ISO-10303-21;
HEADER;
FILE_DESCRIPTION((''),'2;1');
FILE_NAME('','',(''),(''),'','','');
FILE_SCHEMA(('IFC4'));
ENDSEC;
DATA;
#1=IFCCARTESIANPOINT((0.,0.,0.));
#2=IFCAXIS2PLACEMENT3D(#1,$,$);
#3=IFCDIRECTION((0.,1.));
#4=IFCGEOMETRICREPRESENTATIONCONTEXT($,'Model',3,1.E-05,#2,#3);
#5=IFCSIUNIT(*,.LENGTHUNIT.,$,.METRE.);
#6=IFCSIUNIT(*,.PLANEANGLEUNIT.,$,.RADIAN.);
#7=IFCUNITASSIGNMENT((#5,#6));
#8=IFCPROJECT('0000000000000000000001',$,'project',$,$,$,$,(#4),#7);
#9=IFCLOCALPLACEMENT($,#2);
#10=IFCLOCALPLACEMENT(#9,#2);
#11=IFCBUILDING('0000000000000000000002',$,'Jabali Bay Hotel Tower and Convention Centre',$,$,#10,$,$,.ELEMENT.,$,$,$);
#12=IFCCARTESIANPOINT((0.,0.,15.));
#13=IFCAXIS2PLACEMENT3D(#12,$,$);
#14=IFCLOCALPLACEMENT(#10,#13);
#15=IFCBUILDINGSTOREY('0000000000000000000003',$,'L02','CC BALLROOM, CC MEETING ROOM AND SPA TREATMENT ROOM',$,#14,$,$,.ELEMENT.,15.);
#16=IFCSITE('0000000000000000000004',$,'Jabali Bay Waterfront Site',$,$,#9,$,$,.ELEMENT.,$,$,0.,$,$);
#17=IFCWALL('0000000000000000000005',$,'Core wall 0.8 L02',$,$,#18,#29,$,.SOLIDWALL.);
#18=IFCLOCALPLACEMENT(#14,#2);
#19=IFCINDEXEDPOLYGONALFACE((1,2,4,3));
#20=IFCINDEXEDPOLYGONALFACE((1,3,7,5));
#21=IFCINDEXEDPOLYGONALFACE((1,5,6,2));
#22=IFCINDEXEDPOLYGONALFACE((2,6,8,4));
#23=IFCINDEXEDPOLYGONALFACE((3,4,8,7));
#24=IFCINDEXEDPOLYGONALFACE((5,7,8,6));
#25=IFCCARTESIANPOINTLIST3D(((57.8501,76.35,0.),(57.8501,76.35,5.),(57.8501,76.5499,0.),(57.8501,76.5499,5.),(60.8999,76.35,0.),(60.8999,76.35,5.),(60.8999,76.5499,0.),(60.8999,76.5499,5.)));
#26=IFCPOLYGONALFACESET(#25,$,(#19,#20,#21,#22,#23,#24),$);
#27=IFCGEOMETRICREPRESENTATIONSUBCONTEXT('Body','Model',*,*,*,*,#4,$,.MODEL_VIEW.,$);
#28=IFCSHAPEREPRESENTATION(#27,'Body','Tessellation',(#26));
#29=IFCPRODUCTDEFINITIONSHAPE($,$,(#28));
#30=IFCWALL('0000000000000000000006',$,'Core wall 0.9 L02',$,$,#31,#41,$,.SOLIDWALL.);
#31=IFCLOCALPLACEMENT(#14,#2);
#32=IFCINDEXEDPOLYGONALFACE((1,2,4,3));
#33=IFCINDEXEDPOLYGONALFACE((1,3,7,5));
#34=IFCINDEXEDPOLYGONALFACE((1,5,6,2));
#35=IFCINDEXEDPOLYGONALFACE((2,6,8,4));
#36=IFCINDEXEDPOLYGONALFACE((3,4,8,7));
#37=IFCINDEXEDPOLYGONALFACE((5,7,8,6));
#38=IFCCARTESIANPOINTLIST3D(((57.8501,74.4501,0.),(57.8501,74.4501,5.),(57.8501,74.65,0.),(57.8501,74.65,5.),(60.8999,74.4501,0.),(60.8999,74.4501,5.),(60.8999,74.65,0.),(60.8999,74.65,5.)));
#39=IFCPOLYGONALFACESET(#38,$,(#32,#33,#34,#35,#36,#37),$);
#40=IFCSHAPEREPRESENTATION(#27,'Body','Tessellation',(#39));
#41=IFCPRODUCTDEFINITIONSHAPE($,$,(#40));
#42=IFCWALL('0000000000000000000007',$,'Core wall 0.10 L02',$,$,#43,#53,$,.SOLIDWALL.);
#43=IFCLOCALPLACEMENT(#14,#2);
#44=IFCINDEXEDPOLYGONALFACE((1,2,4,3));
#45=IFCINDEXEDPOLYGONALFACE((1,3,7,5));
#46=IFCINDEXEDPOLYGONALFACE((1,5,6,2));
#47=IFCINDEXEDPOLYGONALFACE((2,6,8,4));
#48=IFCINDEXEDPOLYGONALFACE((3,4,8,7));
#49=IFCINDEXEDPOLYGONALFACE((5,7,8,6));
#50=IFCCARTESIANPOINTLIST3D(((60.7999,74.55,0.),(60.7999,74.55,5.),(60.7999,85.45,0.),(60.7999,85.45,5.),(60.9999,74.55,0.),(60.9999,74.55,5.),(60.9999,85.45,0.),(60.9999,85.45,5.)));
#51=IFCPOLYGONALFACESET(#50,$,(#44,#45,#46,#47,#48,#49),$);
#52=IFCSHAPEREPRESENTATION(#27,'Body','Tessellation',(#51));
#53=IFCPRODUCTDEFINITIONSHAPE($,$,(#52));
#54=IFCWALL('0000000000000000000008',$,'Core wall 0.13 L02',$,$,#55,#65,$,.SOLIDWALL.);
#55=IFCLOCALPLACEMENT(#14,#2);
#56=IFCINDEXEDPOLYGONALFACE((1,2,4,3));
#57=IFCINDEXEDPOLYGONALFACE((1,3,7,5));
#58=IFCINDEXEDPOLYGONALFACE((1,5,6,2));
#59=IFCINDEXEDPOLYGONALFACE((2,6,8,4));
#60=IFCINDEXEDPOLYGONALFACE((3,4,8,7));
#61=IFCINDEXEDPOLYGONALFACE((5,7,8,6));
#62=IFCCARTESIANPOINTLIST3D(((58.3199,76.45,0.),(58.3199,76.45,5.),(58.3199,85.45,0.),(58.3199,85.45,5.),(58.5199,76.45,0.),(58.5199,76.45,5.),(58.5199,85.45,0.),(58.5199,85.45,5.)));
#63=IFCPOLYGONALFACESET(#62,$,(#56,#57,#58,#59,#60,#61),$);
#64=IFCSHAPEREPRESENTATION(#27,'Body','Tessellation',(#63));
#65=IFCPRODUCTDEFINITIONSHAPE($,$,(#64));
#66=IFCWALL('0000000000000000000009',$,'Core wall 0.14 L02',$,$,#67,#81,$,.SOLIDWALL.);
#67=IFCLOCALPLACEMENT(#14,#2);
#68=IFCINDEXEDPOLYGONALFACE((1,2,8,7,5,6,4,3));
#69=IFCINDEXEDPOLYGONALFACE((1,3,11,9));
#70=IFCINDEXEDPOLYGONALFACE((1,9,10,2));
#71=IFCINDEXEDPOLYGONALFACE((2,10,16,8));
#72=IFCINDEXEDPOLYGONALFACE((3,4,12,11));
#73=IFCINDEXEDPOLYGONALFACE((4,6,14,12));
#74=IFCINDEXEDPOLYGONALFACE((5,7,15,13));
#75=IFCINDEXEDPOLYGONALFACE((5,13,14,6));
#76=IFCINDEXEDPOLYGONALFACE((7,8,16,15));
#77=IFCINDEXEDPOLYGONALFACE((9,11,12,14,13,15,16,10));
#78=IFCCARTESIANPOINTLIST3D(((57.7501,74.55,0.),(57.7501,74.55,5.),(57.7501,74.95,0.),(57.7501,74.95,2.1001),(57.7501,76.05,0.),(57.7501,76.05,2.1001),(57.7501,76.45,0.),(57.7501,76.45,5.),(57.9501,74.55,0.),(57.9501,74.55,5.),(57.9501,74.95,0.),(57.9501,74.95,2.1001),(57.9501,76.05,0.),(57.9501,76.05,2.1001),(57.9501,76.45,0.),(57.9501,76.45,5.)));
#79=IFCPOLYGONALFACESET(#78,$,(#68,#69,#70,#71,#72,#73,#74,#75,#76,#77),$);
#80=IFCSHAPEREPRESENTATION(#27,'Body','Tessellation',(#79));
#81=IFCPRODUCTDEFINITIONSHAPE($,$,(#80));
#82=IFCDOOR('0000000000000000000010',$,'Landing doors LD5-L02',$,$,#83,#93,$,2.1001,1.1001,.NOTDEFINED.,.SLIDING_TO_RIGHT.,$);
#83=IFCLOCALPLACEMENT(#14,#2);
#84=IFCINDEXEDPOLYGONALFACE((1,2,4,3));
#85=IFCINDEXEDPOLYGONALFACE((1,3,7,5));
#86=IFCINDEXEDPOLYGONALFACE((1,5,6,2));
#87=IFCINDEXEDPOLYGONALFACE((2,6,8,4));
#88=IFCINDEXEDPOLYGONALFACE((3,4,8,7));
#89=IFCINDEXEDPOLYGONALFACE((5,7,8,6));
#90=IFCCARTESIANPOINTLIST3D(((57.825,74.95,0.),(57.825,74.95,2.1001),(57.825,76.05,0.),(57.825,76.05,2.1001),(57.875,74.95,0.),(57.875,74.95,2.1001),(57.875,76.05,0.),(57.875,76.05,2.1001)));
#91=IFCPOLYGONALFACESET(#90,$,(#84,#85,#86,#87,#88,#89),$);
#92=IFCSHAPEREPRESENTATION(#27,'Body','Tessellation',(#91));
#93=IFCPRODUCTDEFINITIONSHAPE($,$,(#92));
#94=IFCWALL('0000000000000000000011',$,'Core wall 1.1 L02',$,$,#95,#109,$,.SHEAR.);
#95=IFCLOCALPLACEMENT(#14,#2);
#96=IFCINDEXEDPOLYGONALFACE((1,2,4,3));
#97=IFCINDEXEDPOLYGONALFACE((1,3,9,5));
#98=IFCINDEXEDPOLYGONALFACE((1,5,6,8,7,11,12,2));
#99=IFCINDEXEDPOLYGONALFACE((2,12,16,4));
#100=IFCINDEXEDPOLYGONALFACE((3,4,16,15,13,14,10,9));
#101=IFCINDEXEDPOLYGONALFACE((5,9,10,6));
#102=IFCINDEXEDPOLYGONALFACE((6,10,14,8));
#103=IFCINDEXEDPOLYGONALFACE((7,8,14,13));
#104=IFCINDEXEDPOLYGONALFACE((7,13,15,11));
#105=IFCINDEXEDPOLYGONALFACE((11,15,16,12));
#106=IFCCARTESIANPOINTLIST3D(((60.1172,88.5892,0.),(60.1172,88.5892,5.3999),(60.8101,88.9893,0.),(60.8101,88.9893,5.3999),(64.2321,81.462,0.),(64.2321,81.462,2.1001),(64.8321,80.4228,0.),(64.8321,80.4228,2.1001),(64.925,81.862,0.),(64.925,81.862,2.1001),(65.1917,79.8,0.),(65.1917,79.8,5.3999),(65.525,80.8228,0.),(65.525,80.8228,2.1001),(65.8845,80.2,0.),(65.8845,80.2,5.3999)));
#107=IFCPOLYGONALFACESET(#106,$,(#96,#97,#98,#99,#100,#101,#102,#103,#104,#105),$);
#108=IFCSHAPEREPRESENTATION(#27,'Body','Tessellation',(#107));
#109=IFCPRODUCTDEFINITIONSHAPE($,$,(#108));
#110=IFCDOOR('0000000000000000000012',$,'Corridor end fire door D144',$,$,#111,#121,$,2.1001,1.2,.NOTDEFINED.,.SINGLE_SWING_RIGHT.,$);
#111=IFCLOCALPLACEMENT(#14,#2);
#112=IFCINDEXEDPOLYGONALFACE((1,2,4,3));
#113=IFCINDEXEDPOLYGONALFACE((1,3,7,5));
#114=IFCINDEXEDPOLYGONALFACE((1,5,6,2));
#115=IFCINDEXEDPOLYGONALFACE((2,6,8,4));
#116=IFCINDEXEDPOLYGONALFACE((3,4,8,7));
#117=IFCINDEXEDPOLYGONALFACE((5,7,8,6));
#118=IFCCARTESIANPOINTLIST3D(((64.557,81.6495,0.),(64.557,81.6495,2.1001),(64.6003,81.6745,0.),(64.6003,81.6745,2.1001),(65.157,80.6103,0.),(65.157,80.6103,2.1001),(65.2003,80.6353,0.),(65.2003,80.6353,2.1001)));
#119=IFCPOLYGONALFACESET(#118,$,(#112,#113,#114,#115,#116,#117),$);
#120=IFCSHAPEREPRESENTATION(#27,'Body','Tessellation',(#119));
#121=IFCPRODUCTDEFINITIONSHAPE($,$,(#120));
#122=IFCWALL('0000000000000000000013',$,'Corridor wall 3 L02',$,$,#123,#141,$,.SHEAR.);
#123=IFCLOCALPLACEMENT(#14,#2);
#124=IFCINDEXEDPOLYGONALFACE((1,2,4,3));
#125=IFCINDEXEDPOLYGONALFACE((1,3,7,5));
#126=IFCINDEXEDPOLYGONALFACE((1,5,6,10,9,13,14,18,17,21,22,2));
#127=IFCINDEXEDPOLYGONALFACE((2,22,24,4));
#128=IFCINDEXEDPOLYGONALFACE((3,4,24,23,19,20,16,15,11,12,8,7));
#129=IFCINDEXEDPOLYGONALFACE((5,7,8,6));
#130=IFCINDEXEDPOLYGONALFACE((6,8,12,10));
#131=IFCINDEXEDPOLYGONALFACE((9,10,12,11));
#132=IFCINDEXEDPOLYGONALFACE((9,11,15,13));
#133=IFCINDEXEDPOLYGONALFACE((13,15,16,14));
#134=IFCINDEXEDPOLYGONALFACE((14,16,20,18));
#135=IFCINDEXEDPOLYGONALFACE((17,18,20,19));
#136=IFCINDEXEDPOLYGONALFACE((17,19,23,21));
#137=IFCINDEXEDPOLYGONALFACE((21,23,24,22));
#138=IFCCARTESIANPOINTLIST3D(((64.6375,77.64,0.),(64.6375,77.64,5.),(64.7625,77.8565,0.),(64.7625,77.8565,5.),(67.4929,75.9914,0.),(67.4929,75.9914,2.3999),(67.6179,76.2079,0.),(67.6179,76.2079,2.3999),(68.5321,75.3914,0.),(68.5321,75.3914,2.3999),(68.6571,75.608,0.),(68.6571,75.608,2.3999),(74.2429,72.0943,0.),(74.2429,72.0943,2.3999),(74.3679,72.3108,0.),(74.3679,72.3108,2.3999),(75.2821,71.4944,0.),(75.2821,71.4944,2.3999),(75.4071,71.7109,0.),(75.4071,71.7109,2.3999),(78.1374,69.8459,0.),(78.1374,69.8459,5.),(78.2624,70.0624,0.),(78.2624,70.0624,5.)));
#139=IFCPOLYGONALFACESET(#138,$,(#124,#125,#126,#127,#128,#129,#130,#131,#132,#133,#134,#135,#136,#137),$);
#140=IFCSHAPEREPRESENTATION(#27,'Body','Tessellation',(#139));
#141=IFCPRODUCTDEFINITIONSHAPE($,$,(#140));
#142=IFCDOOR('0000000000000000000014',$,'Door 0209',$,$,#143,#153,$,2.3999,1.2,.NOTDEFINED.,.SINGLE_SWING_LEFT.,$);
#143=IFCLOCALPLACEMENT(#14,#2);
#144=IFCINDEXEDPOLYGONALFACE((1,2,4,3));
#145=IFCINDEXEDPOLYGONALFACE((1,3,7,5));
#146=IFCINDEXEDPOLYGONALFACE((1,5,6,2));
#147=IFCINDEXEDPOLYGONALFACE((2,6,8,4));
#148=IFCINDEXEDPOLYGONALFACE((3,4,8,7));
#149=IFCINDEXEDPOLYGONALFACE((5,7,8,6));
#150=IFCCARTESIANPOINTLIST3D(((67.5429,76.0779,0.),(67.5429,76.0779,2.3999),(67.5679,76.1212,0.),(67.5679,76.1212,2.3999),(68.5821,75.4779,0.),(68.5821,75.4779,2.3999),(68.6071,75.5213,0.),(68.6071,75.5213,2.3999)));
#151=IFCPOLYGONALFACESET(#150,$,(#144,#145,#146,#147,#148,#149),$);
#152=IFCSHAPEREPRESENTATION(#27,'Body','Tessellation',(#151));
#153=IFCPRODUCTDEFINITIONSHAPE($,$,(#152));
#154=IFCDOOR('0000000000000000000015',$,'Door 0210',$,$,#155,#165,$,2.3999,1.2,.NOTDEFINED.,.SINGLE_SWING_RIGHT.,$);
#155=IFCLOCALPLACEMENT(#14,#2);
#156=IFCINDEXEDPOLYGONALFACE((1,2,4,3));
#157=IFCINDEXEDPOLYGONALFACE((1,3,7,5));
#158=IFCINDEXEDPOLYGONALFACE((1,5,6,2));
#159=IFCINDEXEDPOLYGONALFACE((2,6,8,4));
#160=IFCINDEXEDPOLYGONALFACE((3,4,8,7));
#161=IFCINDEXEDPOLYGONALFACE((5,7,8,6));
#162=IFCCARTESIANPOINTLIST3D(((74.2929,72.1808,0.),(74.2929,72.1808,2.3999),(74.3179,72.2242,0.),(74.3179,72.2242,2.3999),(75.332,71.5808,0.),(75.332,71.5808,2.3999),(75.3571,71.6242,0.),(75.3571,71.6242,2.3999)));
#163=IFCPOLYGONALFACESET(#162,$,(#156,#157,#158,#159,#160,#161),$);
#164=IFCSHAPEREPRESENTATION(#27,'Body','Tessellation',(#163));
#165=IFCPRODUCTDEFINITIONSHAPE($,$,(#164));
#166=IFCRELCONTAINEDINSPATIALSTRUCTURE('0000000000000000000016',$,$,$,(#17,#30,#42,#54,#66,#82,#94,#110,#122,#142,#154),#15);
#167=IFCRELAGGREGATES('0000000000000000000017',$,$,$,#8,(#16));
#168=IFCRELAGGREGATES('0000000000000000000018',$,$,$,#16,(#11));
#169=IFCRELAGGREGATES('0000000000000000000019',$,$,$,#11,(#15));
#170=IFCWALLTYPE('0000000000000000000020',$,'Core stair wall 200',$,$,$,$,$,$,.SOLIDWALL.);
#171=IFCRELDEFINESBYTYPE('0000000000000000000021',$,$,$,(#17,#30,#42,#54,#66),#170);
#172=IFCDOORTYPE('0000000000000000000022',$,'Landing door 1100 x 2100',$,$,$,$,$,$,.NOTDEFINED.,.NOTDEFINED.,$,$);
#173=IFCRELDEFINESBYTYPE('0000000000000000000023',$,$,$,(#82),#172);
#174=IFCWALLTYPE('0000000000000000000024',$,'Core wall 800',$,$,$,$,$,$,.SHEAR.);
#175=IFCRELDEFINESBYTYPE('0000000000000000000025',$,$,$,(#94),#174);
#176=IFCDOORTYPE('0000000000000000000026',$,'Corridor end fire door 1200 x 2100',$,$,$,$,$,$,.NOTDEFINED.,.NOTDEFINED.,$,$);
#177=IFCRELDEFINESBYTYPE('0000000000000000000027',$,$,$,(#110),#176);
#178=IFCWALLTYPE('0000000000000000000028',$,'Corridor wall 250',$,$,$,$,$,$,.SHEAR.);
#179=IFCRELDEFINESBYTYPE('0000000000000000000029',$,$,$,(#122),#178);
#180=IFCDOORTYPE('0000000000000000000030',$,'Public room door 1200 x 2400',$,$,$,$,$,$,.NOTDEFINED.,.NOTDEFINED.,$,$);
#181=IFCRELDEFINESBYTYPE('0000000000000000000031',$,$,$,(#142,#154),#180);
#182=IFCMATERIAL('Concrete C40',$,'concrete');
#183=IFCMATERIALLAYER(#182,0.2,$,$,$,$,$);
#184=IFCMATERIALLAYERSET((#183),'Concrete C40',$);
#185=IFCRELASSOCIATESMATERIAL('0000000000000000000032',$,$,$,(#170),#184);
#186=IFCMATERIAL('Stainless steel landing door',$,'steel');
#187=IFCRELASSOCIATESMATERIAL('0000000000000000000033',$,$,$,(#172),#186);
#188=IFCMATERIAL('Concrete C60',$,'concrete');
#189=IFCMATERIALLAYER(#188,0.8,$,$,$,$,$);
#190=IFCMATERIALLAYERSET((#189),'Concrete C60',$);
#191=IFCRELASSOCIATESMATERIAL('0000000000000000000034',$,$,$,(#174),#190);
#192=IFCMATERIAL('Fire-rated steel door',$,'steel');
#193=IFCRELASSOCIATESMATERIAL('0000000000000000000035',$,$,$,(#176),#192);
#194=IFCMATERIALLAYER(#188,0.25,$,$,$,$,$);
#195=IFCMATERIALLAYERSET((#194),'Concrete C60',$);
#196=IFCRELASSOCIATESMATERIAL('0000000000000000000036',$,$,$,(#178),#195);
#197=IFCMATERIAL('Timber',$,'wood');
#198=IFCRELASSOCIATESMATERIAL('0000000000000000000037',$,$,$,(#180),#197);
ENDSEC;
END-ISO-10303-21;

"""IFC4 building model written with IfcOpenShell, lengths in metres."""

from ifc_helpers import new_model, si_unit, direction, frame, frame_2d, origin, place, context, subcontext, project, spatial, rectangle, extrude, material, layer, layer_set, type_object, element, fill, save


model = new_model("IFC4")

# Units and contexts
model_context = context("Model", 3, precision=1e-05, world=origin(), true_north=direction((0.0, 1.0)))
body_context = subcontext(model_context, "Body", "Model", "MODEL_VIEW")
ifc_project = project(units=[si_unit("LENGTHUNIT", "METRE"), si_unit("PLANEANGLEUNIT", "RADIAN")], contexts=[model_context])

# Site, building, storey
site_placement = place(None, origin())
site = spatial("IfcSite", under=ifc_project, at=site_placement, Name="Jabali Bay Waterfront Site", CompositionType="ELEMENT", RefElevation=0.0)
building_placement = place(site_placement, origin())
building = spatial("IfcBuilding", under=site, at=building_placement, Name="Jabali Bay Hotel Tower and Convention Centre", CompositionType="ELEMENT")
storey_placement = place(building_placement, frame((0.0, 0.0, 15.0)))
storey = spatial("IfcBuildingStorey", under=building, at=storey_placement, Name="L02", Description="CC BALLROOM, CC MEETING ROOM AND SPA TREATMENT ROOM", CompositionType="ELEMENT", Elevation=15.0)

# Shared definitions
ifc_material_1 = material(Name="Fire-rated steel door", Category="steel")

# Shared definitions
ifc_material_2 = material(Name="Concrete C40", Category="concrete")
ifc_layer_1 = layer(ifc_material_2, 0.2)
ifc_layer_set_1 = layer_set([ifc_layer_1], Name="Concrete C40")
wall_type_1 = type_object("IfcWallType", Name="Core stair wall 200", PredefinedType="SOLIDWALL", material=ifc_layer_set_1)

# Walls
for number, where, z_axis, x_axis, name in (
    (1, (60.8999, 76.45, 0.0), (0.0, 0.0, 1.0), (-1.0, 0.0, 0.0), "Core wall 0.8 L02"),
    (2, (60.8999, 74.55, 0.0), (0.0, 0.0, 1.0), (-1.0, 0.0, 0.0), "Core wall 0.9 L02"),
):
    element("IfcWall", number, at=place(storey_placement, frame(where, z_axis=z_axis, x_axis=x_axis)), inside=storey, type_object=wall_type_1, Name=name, PredefinedType="SOLIDWALL", context=body_context, shape_type="SweptSolid", body=[
        extrude(rectangle(XDim=3.0498, YDim=0.2, at=frame_2d((1.5249, 0.0))), origin(), (0.0, 0.0, 1.0), 5.0),
    ])
wall_1_placement = place(storey_placement, frame((60.8999, 85.45, 0.0), z_axis=(0.0, 0.0, 1.0), x_axis=(0.0, -1.0, 0.0)))
element("IfcWall", 3, at=wall_1_placement, inside=storey, type_object=wall_type_1, Name="Core wall 0.10 L02", PredefinedType="SOLIDWALL", context=body_context, shape_type="SweptSolid", body=[
    extrude(rectangle(XDim=10.8999, YDim=0.2, at=frame_2d((5.45, 0.0))), origin(), (0.0, 0.0, 1.0), 5.0),
])
wall_2_placement = place(storey_placement, frame((58.4199, 85.45, 0.0), z_axis=(0.0, 0.0, 1.0), x_axis=(0.0, -1.0, 0.0)))
element("IfcWall", 4, at=wall_2_placement, inside=storey, type_object=wall_type_1, Name="Core wall 0.13 L02", PredefinedType="SOLIDWALL", context=body_context, shape_type="SweptSolid", body=[
    extrude(rectangle(XDim=9.0, YDim=0.2, at=frame_2d((4.5, 0.0))), origin(), (0.0, 0.0, 1.0), 5.0),
])

# Walls, openings, doors
wall_3_placement = place(storey_placement, frame((57.8501, 76.45, 0.0), z_axis=(0.0, 0.0, 1.0), x_axis=(0.0, -1.0, 0.0)))
wall_3 = element("IfcWall", 5, at=wall_3_placement, inside=storey, type_object=wall_type_1, Name="Core wall 0.14 L02", PredefinedType="SOLIDWALL", context=body_context, shape_type="SweptSolid", body=[
    extrude(rectangle(XDim=1.8999, YDim=0.2, at=frame_2d((0.95, 0.0))), origin(), (0.0, 0.0, 1.0), 5.0),
])
opening_1_placement = place(wall_3_placement, frame((0.3999, 0.0, 0.0)))
opening_1 = element("IfcOpeningElement", 6, at=opening_1_placement, cuts=wall_3, PredefinedType="OPENING", context=body_context, shape_type="SweptSolid", body=[
    extrude(rectangle(XDim=1.1001, YDim=2.1001, at=frame_2d((0.55, 1.05))), frame((0.0, 0.1104, 0.0), z_axis=(0.0, -1.0, 0.0), x_axis=(1.0, 0.0, 0.0)), (0.0, 0.0, 1.0), 0.2209),
])
ifc_material_3 = material(Name="Stainless steel landing door", Category="steel")
door_type_1 = type_object("IfcDoorType", Name="Landing door 1100 x 2100", OperationType="NOTDEFINED", PredefinedType="NOTDEFINED", material=ifc_material_3)
door_1_placement = place(opening_1_placement, origin())
door_1 = element("IfcDoor", 7, at=door_1_placement, inside=storey, type_object=door_type_1, Name="Landing doors LD5-L02", OperationType="SLIDING_TO_RIGHT", OverallHeight=2.1001, OverallWidth=1.1001, PredefinedType="NOTDEFINED", context=body_context, shape_type="SweptSolid", body=[
    extrude(rectangle(XDim=1.1001, YDim=2.1001, at=frame_2d((0.55, 1.05))), frame((0.0, 0.0249, 0.0), z_axis=(0.0, -1.0, 0.0), x_axis=(1.0, 0.0, 0.0)), (0.0, 0.0, 1.0), 0.05),
])
fill(opening_1, door_1)
ifc_material_4 = material(Name="Concrete C60", Category="concrete")
ifc_layer_2 = layer(ifc_material_4, 0.8)
ifc_layer_set_2 = layer_set([ifc_layer_2], Name="Concrete C60")
wall_type_2 = type_object("IfcWallType", Name="Core wall 800", PredefinedType="SHEAR", material=ifc_layer_set_2)
wall_4_placement = place(storey_placement, frame((65.5381, 80.0, 0.0), z_axis=(0.0, 0.0, 1.0), x_axis=(-0.499997, 0.866027, 0.0)))
wall_4 = element("IfcWall", 8, at=wall_4_placement, inside=storey, type_object=wall_type_2, Name="Core wall 1.1 L02", PredefinedType="SHEAR", context=body_context, shape_type="SweptSolid", body=[
    extrude(rectangle(XDim=10.1489, YDim=0.8, at=frame_2d((5.0745, 0.0))), origin(), (0.0, 0.0, 1.0), 5.3999),
])
opening_2_placement = place(wall_4_placement, frame((0.719, 0.0, 0.0)))
opening_2 = element("IfcOpeningElement", 9, at=opening_2_placement, cuts=wall_4, PredefinedType="OPENING", context=body_context, shape_type="SweptSolid", body=[
    extrude(rectangle(XDim=1.2, YDim=2.1001, at=frame_2d((0.6001, 1.05))), frame((0.0, 0.4106, 0.0), z_axis=(0.0, -1.0, 0.0), x_axis=(1.0, 0.0, 0.0)), (0.0, 0.0, 1.0), 0.821),
])
door_type_2 = type_object("IfcDoorType", Name="Corridor end fire door 1200 x 2100", OperationType="NOTDEFINED", PredefinedType="NOTDEFINED", material=ifc_material_1)
door_2_placement = place(opening_2_placement, origin())
door_2 = element("IfcDoor", 10, at=door_2_placement, inside=storey, type_object=door_type_2, Name="Corridor end fire door D144", OperationType="SINGLE_SWING_RIGHT", OverallHeight=2.1001, OverallWidth=1.2, PredefinedType="NOTDEFINED", context=body_context, shape_type="SweptSolid", body=[
    extrude(rectangle(XDim=1.2, YDim=2.1001, at=frame_2d((0.6001, 1.05))), frame((0.0, 0.0249, 0.0), z_axis=(0.0, -1.0, 0.0), x_axis=(1.0, 0.0, 0.0)), (0.0, 0.0, 1.0), 0.05),
])
fill(opening_2, door_2)

# Wall, openings, doors
ifc_layer_3 = layer(ifc_material_4, 0.25)
ifc_layer_set_3 = layer_set([ifc_layer_3], Name="Concrete C60")
wall_type_3 = type_object("IfcWallType", Name="Corridor wall 250", PredefinedType="SHEAR", material=ifc_layer_set_3)
wall_5_placement = place(storey_placement, frame((64.7, 77.7483, 0.0), z_axis=(0.0, 0.0, 1.0), x_axis=(0.866026, -0.499998, 0.0)))
wall_5 = element("IfcWall", 11, at=wall_5_placement, inside=storey, type_object=wall_type_3, Name="Corridor wall 3 L02", PredefinedType="SHEAR", context=body_context, shape_type="SweptSolid", body=[
    extrude(rectangle(XDim=15.5884, YDim=0.25, at=frame_2d((7.7942, 0.0))), origin(), (0.0, 0.0, 1.0), 5.0),
])
opening_3_placement = place(wall_5_placement, frame((3.2971, 0.0, 0.0)))
opening_3 = element("IfcOpeningElement", 12, at=opening_3_placement, cuts=wall_5, PredefinedType="OPENING", context=body_context, shape_type="SweptSolid", body=[
    extrude(rectangle(XDim=1.2, YDim=2.3999, at=frame_2d((0.6001, 1.2))), frame((0.0, 0.1355, 0.0), z_axis=(0.0, -1.0, 0.0), x_axis=(1.0, 0.0, 0.0)), (0.0, 0.0, 1.0), 0.271),
])
opening_4_placement = place(wall_5_placement, frame((11.0913, 0.0, 0.0)))
opening_4 = element("IfcOpeningElement", 13, at=opening_4_placement, cuts=wall_5, PredefinedType="OPENING", context=body_context, shape_type="SweptSolid", body=[
    extrude(rectangle(XDim=1.2, YDim=2.3999, at=frame_2d((0.6001, 1.2))), frame((0.0, 0.1355, 0.0), z_axis=(0.0, -1.0, 0.0), x_axis=(1.0, 0.0, 0.0)), (0.0, 0.0, 1.0), 0.271),
])
ifc_material_5 = material(Name="Timber", Category="wood")
door_type_3 = type_object("IfcDoorType", Name="Public room door 1200 x 2400", OperationType="NOTDEFINED", PredefinedType="NOTDEFINED", material=ifc_material_5)
door_3_placement = place(opening_3_placement, origin())
door_3 = element("IfcDoor", 14, at=door_3_placement, inside=storey, type_object=door_type_3, Name="Door 0209", OperationType="SINGLE_SWING_LEFT", OverallHeight=2.3999, OverallWidth=1.2, PredefinedType="NOTDEFINED", context=body_context, shape_type="SweptSolid", body=[
    extrude(rectangle(XDim=1.2, YDim=2.3999, at=frame_2d((0.6001, 1.2))), frame((0.0, 0.0249, 0.0), z_axis=(0.0, -1.0, 0.0), x_axis=(1.0, 0.0, 0.0)), (0.0, 0.0, 1.0), 0.05),
])
fill(opening_3, door_3)
door_4_placement = place(opening_4_placement, origin())
door_4 = element("IfcDoor", 15, at=door_4_placement, inside=storey, type_object=door_type_3, Name="Door 0210", OperationType="SINGLE_SWING_RIGHT", OverallHeight=2.3999, OverallWidth=1.2, PredefinedType="NOTDEFINED", context=body_context, shape_type="SweptSolid", body=[
    extrude(rectangle(XDim=1.2, YDim=2.3999, at=frame_2d((0.6001, 1.2))), frame((0.0, 0.0249, 0.0), z_axis=(0.0, -1.0, 0.0), x_axis=(1.0, 0.0, 0.0)), (0.0, 0.0, 1.0), 0.05),
])
fill(opening_4, door_4)

save(model, "model.ifc")
